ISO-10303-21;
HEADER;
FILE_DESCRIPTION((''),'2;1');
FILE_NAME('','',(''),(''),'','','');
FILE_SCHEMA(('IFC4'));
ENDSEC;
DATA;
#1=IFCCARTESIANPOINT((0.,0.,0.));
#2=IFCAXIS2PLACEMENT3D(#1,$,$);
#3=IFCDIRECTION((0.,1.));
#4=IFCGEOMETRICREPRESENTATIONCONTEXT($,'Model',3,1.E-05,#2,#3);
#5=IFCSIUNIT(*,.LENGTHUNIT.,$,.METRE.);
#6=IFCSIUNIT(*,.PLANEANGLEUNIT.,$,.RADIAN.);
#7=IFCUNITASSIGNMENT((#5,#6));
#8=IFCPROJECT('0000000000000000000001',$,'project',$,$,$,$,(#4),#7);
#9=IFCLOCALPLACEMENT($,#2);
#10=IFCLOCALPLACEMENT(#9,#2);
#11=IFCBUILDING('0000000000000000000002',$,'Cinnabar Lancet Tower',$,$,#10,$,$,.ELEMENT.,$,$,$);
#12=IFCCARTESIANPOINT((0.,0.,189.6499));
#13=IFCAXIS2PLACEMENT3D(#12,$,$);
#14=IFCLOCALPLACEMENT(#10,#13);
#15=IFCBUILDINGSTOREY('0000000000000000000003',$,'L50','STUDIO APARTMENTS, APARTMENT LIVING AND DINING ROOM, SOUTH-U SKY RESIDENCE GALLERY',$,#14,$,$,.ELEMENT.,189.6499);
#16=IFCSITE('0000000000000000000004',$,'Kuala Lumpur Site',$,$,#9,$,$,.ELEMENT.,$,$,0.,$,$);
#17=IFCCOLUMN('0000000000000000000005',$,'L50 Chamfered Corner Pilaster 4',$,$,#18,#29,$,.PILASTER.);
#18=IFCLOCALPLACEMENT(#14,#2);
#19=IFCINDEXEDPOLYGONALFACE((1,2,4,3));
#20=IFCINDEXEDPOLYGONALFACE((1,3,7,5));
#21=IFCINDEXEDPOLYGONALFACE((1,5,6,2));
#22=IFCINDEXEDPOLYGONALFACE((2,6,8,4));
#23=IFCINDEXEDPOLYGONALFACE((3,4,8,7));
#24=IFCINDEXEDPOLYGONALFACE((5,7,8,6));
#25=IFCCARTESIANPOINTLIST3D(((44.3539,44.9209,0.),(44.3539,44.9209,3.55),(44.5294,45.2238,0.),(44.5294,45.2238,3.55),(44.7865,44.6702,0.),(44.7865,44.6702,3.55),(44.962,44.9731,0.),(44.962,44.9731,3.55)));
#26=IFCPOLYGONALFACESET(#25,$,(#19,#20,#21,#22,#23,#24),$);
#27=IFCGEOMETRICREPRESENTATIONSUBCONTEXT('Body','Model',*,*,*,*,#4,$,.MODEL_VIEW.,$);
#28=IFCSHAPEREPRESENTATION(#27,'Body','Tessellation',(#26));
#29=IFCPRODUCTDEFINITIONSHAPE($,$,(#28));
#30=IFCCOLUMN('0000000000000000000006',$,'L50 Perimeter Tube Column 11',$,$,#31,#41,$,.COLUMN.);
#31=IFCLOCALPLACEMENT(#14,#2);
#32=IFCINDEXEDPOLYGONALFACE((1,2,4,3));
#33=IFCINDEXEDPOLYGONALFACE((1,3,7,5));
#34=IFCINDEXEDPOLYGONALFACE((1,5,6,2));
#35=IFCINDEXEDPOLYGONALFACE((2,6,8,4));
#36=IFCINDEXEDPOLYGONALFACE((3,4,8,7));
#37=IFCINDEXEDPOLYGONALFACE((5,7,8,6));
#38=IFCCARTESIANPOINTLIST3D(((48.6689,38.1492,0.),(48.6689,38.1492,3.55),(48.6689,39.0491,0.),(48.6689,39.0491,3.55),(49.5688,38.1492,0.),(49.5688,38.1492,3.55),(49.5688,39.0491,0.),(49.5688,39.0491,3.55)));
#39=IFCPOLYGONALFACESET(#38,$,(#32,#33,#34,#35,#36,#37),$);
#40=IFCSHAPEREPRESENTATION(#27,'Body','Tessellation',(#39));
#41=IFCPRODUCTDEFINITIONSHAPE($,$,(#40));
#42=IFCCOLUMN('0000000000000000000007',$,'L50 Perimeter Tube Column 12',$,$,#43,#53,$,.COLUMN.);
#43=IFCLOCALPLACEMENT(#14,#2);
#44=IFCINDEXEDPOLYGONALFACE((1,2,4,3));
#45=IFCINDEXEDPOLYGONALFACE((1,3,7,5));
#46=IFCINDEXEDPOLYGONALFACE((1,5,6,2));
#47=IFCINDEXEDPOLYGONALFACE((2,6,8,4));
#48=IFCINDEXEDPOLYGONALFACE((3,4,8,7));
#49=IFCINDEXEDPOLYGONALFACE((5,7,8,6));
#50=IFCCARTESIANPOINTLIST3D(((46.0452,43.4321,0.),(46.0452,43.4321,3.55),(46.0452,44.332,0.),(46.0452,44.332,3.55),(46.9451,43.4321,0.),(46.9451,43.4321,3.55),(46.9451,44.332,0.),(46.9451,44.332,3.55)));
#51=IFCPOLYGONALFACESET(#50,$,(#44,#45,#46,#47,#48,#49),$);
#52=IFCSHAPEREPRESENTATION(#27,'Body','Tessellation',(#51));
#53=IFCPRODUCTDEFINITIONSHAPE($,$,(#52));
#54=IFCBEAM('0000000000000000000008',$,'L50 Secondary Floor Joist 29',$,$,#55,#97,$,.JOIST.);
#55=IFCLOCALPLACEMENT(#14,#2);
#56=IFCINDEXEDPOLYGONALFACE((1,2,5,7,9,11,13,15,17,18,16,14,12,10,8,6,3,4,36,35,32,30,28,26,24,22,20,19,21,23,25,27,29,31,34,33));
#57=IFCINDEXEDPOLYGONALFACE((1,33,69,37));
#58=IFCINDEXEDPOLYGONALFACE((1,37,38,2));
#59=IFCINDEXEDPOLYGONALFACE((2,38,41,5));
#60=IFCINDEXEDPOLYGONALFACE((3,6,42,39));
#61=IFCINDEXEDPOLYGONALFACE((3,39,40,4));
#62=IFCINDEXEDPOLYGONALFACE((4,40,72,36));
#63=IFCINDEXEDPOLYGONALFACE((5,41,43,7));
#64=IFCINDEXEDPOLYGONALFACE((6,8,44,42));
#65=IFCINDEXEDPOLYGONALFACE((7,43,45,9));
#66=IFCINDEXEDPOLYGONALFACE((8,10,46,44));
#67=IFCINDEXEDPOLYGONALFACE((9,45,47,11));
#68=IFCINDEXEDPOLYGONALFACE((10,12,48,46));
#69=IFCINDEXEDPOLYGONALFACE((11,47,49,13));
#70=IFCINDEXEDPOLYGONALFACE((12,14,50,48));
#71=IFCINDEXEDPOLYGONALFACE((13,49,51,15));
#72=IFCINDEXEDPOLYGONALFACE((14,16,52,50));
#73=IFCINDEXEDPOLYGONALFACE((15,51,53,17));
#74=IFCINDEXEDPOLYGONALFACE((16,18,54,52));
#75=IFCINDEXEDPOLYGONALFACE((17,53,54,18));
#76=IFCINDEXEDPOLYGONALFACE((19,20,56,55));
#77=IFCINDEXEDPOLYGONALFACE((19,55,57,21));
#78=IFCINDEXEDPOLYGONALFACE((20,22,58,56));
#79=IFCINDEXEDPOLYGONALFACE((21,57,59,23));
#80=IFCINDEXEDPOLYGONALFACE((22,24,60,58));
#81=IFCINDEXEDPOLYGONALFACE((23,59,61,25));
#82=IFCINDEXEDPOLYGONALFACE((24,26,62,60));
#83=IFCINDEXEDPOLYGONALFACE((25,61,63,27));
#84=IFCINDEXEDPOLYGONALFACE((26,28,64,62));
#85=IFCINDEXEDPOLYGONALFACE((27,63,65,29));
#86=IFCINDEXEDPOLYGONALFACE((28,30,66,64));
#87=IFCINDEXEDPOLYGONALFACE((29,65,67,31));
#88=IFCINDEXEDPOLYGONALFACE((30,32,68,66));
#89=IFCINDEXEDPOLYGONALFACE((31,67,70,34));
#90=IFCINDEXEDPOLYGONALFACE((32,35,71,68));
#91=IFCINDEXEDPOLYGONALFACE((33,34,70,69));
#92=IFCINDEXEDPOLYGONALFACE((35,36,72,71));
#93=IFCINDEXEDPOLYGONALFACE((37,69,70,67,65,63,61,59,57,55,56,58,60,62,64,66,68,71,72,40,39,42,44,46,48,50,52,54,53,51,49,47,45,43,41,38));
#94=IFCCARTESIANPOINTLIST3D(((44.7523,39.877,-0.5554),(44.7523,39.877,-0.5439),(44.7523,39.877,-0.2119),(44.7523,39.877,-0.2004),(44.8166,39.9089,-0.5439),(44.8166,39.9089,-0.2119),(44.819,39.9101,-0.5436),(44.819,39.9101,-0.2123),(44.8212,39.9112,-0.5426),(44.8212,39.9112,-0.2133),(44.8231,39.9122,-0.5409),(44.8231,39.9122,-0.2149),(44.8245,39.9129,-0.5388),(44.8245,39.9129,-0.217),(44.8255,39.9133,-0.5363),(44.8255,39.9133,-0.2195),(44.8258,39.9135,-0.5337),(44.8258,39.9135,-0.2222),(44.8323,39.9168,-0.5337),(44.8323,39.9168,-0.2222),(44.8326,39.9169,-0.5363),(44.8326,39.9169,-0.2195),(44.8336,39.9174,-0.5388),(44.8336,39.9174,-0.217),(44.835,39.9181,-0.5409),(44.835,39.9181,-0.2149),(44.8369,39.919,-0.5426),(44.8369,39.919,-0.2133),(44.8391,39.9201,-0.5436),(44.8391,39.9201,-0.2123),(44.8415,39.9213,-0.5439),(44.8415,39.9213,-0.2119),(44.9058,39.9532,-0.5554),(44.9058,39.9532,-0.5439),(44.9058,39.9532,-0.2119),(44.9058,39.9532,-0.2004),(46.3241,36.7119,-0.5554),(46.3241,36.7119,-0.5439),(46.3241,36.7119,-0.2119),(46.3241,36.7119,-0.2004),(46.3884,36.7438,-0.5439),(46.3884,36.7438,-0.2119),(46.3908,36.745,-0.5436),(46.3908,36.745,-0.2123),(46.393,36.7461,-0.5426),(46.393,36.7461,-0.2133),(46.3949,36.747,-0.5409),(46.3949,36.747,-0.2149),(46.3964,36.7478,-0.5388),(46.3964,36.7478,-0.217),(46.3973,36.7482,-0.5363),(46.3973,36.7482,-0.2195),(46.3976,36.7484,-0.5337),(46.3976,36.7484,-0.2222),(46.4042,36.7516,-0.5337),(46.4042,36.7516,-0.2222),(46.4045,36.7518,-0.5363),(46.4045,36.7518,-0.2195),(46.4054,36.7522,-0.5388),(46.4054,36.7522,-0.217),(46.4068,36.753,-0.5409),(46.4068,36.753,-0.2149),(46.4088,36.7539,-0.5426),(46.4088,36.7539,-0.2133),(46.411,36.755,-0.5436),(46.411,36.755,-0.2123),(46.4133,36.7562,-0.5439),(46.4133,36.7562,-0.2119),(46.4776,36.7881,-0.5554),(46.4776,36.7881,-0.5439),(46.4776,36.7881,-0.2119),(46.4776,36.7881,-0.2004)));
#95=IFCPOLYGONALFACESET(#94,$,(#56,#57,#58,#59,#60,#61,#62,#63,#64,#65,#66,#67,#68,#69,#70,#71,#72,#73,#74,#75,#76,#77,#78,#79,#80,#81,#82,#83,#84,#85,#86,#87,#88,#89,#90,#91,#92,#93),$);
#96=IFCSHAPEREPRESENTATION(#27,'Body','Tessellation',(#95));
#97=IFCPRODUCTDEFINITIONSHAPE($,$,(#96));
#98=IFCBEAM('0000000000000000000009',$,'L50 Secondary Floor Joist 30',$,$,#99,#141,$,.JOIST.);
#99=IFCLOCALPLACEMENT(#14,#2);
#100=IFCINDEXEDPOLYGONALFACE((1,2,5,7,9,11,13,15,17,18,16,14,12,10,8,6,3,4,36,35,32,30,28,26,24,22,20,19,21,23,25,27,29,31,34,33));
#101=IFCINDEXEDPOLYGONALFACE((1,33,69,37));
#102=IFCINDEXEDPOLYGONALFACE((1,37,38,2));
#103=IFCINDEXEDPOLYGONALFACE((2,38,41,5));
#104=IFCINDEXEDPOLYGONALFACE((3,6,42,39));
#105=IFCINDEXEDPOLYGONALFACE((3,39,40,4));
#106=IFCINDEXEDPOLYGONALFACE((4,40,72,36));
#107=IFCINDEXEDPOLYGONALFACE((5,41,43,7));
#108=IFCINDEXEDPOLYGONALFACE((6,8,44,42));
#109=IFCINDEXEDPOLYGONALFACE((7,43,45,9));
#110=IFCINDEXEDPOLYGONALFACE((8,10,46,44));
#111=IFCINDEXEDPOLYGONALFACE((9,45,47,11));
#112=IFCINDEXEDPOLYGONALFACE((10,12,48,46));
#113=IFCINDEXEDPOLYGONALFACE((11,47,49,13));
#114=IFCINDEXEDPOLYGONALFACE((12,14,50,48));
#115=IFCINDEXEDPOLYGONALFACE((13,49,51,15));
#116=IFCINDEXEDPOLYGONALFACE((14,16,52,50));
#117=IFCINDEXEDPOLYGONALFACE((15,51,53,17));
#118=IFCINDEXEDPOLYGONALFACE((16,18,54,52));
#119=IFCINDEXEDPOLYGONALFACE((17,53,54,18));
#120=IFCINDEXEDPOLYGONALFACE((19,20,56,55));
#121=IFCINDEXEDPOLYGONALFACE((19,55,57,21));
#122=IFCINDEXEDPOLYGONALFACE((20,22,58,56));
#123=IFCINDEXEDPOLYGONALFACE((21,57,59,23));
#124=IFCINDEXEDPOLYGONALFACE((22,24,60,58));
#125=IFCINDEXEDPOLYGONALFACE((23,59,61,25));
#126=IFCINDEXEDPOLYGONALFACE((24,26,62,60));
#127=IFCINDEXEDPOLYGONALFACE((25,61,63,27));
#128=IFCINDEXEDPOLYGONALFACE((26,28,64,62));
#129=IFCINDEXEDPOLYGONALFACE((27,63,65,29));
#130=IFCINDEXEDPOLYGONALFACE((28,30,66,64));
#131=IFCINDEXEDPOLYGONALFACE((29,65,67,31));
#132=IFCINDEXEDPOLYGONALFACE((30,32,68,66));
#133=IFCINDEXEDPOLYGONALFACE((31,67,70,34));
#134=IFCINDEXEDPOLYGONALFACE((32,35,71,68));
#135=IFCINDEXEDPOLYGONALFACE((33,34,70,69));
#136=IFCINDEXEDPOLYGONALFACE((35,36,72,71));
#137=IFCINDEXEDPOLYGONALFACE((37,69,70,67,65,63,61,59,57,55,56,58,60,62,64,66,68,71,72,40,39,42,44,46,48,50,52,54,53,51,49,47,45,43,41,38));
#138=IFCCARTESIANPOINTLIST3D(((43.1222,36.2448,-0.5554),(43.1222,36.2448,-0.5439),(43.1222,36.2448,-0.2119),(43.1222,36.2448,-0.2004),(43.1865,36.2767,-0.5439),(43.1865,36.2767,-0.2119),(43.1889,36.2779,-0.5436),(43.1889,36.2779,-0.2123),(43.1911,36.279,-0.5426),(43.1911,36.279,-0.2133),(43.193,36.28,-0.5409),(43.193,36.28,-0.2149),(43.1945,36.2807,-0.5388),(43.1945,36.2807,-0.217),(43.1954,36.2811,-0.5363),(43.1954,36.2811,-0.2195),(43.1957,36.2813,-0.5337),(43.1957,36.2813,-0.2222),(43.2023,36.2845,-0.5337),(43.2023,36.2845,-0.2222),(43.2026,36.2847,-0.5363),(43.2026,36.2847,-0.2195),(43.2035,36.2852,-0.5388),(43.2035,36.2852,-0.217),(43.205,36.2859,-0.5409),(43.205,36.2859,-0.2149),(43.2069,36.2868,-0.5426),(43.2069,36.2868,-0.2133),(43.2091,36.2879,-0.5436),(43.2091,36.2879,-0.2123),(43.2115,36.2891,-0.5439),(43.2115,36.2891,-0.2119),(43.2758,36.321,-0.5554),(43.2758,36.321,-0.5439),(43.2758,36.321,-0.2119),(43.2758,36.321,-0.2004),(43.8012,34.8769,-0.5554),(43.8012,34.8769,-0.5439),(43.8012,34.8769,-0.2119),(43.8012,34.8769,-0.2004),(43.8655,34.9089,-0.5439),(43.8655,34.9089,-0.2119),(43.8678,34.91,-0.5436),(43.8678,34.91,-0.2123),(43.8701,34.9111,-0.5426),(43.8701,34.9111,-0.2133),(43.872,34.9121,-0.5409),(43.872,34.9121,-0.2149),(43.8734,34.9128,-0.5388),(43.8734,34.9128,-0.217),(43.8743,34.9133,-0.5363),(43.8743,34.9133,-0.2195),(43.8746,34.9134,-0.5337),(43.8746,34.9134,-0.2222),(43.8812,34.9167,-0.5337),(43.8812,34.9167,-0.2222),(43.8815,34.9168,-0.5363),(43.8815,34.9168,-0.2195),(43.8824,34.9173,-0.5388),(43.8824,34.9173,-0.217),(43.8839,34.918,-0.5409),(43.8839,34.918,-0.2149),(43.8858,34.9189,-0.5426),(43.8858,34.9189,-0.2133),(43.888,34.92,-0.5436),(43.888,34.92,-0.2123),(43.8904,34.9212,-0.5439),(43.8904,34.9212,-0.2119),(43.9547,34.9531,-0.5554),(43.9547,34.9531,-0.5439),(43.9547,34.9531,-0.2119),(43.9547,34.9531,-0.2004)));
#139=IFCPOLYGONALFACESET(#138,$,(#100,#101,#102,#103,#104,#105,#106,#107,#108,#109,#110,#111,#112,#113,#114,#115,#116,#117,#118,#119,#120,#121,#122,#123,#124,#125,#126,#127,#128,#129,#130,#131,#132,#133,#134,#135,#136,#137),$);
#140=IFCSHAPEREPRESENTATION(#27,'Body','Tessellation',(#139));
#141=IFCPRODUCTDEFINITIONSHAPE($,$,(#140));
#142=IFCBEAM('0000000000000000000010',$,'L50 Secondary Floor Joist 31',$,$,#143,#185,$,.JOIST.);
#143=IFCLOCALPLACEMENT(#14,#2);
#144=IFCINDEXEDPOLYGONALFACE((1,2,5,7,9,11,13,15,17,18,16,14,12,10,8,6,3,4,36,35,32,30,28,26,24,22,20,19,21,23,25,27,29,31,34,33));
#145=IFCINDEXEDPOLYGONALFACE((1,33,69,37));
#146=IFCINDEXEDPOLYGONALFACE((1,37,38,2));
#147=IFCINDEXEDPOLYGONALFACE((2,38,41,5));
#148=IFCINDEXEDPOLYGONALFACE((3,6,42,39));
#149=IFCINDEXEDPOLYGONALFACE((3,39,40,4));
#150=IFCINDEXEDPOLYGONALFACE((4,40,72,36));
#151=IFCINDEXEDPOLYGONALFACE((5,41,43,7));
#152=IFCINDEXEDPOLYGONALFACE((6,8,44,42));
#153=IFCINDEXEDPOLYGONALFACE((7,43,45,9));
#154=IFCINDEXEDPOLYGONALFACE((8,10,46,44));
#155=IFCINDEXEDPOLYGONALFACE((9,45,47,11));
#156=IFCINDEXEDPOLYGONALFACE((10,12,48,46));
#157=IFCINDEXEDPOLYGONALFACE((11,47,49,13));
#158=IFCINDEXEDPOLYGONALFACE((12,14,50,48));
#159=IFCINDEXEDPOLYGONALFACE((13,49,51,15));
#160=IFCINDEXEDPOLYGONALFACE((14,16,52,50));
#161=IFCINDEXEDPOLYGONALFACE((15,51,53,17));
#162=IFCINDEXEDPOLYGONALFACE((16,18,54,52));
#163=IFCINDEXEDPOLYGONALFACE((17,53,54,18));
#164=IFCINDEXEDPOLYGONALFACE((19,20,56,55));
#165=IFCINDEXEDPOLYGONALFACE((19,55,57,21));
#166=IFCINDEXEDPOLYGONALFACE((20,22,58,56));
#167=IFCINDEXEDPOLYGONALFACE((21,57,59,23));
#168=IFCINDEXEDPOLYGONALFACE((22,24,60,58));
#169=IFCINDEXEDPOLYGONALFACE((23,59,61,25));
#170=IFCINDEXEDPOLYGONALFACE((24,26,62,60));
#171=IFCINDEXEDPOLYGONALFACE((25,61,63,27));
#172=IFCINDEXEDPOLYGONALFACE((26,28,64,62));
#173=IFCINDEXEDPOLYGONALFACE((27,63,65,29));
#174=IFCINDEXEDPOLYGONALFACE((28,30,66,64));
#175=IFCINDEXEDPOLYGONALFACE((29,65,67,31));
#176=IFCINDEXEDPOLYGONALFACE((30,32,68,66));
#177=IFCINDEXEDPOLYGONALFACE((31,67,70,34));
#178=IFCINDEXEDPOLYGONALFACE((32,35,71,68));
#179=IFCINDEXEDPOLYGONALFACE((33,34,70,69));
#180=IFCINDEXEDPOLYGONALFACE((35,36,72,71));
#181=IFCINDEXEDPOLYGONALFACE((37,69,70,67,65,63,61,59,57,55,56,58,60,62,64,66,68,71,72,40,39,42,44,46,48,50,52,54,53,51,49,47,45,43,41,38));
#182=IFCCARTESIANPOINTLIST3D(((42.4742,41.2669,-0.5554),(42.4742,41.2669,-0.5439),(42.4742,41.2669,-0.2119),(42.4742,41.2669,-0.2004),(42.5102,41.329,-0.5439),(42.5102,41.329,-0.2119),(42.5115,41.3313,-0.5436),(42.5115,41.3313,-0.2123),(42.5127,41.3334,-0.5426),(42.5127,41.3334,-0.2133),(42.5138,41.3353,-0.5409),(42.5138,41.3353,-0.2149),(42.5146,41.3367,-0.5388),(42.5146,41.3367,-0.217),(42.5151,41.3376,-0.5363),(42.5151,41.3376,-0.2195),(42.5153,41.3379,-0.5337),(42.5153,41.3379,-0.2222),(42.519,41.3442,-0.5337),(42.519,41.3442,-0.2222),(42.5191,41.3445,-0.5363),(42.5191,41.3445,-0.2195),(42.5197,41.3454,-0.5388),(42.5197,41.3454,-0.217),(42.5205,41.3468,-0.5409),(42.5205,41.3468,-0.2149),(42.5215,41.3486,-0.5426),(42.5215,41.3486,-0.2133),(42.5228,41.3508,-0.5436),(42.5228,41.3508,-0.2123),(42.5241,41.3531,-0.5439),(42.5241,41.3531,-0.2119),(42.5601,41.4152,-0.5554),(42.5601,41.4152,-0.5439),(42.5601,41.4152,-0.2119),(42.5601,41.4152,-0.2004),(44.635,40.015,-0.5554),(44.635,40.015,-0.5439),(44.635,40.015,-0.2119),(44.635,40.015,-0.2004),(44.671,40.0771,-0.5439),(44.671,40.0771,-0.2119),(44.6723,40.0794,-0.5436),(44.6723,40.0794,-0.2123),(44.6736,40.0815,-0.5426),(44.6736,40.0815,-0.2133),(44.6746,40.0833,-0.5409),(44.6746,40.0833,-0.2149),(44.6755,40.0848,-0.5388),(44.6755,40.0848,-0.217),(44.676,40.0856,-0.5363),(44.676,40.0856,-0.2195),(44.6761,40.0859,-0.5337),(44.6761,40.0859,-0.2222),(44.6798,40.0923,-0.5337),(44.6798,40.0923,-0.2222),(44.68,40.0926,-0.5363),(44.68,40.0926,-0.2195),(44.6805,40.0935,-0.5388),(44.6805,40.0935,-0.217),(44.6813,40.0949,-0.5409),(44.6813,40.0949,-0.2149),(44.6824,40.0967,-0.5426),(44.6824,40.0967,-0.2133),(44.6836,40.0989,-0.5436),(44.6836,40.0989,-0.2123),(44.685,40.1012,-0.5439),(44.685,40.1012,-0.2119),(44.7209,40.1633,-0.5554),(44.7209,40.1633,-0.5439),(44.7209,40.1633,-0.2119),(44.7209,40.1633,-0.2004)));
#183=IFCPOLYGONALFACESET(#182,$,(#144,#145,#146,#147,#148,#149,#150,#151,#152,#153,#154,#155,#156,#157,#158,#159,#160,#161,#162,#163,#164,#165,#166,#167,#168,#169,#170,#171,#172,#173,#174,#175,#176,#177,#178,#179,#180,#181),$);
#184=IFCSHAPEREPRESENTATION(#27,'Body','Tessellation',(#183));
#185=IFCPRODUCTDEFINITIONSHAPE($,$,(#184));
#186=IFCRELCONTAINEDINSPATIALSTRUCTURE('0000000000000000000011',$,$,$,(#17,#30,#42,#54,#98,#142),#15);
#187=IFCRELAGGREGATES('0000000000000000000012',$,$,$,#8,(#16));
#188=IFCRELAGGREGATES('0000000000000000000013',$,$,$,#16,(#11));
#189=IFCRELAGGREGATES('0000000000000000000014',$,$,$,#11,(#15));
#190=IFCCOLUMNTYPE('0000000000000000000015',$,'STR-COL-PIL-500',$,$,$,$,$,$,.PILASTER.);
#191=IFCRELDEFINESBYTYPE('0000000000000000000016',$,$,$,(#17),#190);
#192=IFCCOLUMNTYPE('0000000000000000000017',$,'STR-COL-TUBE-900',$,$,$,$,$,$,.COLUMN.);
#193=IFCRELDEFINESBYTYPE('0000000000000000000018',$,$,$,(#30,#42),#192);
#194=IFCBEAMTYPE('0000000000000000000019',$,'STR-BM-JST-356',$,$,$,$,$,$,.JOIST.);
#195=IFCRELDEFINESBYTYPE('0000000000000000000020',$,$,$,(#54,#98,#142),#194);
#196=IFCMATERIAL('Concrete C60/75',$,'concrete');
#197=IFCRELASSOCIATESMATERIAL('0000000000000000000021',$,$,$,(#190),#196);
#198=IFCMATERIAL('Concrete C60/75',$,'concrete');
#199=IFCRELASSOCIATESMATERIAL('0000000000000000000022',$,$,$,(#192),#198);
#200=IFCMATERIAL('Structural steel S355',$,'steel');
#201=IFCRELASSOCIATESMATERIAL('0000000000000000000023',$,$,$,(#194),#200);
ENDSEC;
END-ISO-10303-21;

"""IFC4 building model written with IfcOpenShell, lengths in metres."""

from ifc_helpers import new_model, si_unit, direction, frame, origin, origin_2d, place, context, subcontext, project, spatial, rectangle, i_section, extrude, material, material_profile, profile_set, type_object, element, save


model = new_model("IFC4")

# Units and contexts
model_context = context("Model", 3, precision=1e-05, world=origin(), true_north=direction((0.0, 1.0)))
body_context = subcontext(model_context, "Body", "Model", "MODEL_VIEW")
ifc_project = project(units=[si_unit("LENGTHUNIT", "METRE"), si_unit("PLANEANGLEUNIT", "RADIAN")], contexts=[model_context])

# Site, building, storey
site_placement = place(None, origin())
site = spatial("IfcSite", under=ifc_project, at=site_placement, Name="Kuala Lumpur Site", CompositionType="ELEMENT", RefElevation=0.0)
building_placement = place(site_placement, origin())
building = spatial("IfcBuilding", under=site, at=building_placement, Name="Cinnabar Lancet Tower", CompositionType="ELEMENT")
storey_placement = place(building_placement, frame((0.0, 0.0, 189.6499)))
storey = spatial("IfcBuildingStorey", under=building, at=storey_placement, Name="L50", Description="STUDIO APARTMENTS, APARTMENT LIVING AND DINING ROOM, SOUTH-U SKY RESIDENCE GALLERY", CompositionType="ELEMENT", Elevation=189.6499)

# Columns
ifc_material_1 = material(Name="Concrete C60/75", Category="concrete")
ifc_material_profile_1 = material_profile(ifc_material_1, rectangle(XDim=0.5, YDim=0.3501, at=origin_2d()), Name="RC-PIL 500x350")
ifc_profile_set_1 = profile_set([ifc_material_profile_1], Name="Concrete C60/75")
column_type_1 = type_object("IfcColumnType", Name="STR-COL-PIL-500", PredefinedType="PILASTER", material=ifc_profile_set_1)
column_placement = place(storey_placement, frame((44.658, 44.947, 0.0), z_axis=(0.0, 0.0, 1.0), x_axis=(-0.86523, 0.501375, 0.0)))
element("IfcColumn", 1, at=column_placement, inside=storey, type_object=column_type_1, Name="L50 Chamfered Corner Pilaster 4", PredefinedType="PILASTER", context=body_context, shape_type="SweptSolid", body=[
    extrude(rectangle(XDim=0.5, YDim=0.3501, at=origin_2d()), origin(), (0.0, 0.0, 1.0), 3.55),
])
ifc_material_2 = material(Name="Concrete C60/75", Category="concrete")
ifc_material_profile_2 = material_profile(ifc_material_2, rectangle(XDim=0.8999, YDim=0.8999, at=origin_2d()), Name="RC-COL 900x900")
ifc_profile_set_2 = profile_set([ifc_material_profile_2], Name="Concrete C60/75")
column_type_2 = type_object("IfcColumnType", Name="STR-COL-TUBE-900", PredefinedType="COLUMN", material=ifc_profile_set_2)
for number, where, z_axis, x_axis, name in (
    (2, (49.1189, 38.5991, 0.0), (0.0, 0.0, 1.0), (1.0, 0.0, 0.0), "L50 Perimeter Tube Column 11"),
    (3, (46.4951, 43.8821, 0.0), (0.0, 0.0, 1.0), (1.0, 0.0, 0.0), "L50 Perimeter Tube Column 12"),
):
    element("IfcColumn", number, at=place(storey_placement, frame(where, z_axis=z_axis, x_axis=x_axis)), inside=storey, type_object=column_type_2, Name=name, PredefinedType="COLUMN", context=body_context, shape_type="SweptSolid", body=[
        extrude(rectangle(XDim=0.8999, YDim=0.8999, at=origin_2d()), origin(), (0.0, 0.0, 1.0), 3.55),
    ])

# Beams
ifc_material_3 = material(Name="Structural steel S355", Category="steel")
ifc_material_profile_3 = material_profile(ifc_material_3, i_section(OverallWidth=0.1714, OverallDepth=0.355, WebThickness=0.0073, FlangeThickness=0.0115, FilletRadius=0.0103, at=origin_2d()), Name="UKB 356x171x51")
ifc_profile_set_3 = profile_set([ifc_material_profile_3], Name="Structural steel S355")
beam_type_1 = type_object("IfcBeamType", Name="STR-BM-JST-356", PredefinedType="JOIST", material=ifc_profile_set_3)
beam_1_placement = place(storey_placement, frame((46.4009, 36.75, -0.3779), z_axis=(-0.44478, 0.89564, 0.0), x_axis=(-0.89564, -0.44478, 0.0)))
element("IfcBeam", 4, at=beam_1_placement, inside=storey, type_object=beam_type_1, Name="L50 Secondary Floor Joist 29", PredefinedType="JOIST", context=body_context, shape_type="SweptSolid", body=[
    extrude(i_section(OverallWidth=0.1714, OverallDepth=0.355, WebThickness=0.0073, FlangeThickness=0.0115, FilletRadius=0.0103, at=origin_2d()), origin(), (0.0, 0.0, 1.0), 3.5339),
])
beam_2_placement = place(storey_placement, frame((43.8779, 34.915, -0.3779), z_axis=(-0.44459, 0.895734, 0.0), x_axis=(-0.895734, -0.44459, 0.0)))
element("IfcBeam", 5, at=beam_2_placement, inside=storey, type_object=beam_type_1, Name="L50 Secondary Floor Joist 30", PredefinedType="JOIST", context=body_context, shape_type="SweptSolid", body=[
    extrude(i_section(OverallWidth=0.1714, OverallDepth=0.355, WebThickness=0.0073, FlangeThickness=0.0115, FilletRadius=0.0103, at=origin_2d()), origin(), (0.0, 0.0, 1.0), 1.5271),
])
beam_3_placement = place(storey_placement, frame((44.678, 40.0891, -0.3779), z_axis=(-0.865268, 0.50131, 0.0), x_axis=(-0.50131, -0.865268, 0.0)))
element("IfcBeam", 6, at=beam_3_placement, inside=storey, type_object=beam_type_1, Name="L50 Secondary Floor Joist 31", PredefinedType="JOIST", context=body_context, shape_type="SweptSolid", body=[
    extrude(i_section(OverallWidth=0.1714, OverallDepth=0.355, WebThickness=0.0073, FlangeThickness=0.0115, FilletRadius=0.0103, at=origin_2d()), origin(), (0.0, 0.0, 1.0), 2.4973),
])

save(model, "model.ifc")
